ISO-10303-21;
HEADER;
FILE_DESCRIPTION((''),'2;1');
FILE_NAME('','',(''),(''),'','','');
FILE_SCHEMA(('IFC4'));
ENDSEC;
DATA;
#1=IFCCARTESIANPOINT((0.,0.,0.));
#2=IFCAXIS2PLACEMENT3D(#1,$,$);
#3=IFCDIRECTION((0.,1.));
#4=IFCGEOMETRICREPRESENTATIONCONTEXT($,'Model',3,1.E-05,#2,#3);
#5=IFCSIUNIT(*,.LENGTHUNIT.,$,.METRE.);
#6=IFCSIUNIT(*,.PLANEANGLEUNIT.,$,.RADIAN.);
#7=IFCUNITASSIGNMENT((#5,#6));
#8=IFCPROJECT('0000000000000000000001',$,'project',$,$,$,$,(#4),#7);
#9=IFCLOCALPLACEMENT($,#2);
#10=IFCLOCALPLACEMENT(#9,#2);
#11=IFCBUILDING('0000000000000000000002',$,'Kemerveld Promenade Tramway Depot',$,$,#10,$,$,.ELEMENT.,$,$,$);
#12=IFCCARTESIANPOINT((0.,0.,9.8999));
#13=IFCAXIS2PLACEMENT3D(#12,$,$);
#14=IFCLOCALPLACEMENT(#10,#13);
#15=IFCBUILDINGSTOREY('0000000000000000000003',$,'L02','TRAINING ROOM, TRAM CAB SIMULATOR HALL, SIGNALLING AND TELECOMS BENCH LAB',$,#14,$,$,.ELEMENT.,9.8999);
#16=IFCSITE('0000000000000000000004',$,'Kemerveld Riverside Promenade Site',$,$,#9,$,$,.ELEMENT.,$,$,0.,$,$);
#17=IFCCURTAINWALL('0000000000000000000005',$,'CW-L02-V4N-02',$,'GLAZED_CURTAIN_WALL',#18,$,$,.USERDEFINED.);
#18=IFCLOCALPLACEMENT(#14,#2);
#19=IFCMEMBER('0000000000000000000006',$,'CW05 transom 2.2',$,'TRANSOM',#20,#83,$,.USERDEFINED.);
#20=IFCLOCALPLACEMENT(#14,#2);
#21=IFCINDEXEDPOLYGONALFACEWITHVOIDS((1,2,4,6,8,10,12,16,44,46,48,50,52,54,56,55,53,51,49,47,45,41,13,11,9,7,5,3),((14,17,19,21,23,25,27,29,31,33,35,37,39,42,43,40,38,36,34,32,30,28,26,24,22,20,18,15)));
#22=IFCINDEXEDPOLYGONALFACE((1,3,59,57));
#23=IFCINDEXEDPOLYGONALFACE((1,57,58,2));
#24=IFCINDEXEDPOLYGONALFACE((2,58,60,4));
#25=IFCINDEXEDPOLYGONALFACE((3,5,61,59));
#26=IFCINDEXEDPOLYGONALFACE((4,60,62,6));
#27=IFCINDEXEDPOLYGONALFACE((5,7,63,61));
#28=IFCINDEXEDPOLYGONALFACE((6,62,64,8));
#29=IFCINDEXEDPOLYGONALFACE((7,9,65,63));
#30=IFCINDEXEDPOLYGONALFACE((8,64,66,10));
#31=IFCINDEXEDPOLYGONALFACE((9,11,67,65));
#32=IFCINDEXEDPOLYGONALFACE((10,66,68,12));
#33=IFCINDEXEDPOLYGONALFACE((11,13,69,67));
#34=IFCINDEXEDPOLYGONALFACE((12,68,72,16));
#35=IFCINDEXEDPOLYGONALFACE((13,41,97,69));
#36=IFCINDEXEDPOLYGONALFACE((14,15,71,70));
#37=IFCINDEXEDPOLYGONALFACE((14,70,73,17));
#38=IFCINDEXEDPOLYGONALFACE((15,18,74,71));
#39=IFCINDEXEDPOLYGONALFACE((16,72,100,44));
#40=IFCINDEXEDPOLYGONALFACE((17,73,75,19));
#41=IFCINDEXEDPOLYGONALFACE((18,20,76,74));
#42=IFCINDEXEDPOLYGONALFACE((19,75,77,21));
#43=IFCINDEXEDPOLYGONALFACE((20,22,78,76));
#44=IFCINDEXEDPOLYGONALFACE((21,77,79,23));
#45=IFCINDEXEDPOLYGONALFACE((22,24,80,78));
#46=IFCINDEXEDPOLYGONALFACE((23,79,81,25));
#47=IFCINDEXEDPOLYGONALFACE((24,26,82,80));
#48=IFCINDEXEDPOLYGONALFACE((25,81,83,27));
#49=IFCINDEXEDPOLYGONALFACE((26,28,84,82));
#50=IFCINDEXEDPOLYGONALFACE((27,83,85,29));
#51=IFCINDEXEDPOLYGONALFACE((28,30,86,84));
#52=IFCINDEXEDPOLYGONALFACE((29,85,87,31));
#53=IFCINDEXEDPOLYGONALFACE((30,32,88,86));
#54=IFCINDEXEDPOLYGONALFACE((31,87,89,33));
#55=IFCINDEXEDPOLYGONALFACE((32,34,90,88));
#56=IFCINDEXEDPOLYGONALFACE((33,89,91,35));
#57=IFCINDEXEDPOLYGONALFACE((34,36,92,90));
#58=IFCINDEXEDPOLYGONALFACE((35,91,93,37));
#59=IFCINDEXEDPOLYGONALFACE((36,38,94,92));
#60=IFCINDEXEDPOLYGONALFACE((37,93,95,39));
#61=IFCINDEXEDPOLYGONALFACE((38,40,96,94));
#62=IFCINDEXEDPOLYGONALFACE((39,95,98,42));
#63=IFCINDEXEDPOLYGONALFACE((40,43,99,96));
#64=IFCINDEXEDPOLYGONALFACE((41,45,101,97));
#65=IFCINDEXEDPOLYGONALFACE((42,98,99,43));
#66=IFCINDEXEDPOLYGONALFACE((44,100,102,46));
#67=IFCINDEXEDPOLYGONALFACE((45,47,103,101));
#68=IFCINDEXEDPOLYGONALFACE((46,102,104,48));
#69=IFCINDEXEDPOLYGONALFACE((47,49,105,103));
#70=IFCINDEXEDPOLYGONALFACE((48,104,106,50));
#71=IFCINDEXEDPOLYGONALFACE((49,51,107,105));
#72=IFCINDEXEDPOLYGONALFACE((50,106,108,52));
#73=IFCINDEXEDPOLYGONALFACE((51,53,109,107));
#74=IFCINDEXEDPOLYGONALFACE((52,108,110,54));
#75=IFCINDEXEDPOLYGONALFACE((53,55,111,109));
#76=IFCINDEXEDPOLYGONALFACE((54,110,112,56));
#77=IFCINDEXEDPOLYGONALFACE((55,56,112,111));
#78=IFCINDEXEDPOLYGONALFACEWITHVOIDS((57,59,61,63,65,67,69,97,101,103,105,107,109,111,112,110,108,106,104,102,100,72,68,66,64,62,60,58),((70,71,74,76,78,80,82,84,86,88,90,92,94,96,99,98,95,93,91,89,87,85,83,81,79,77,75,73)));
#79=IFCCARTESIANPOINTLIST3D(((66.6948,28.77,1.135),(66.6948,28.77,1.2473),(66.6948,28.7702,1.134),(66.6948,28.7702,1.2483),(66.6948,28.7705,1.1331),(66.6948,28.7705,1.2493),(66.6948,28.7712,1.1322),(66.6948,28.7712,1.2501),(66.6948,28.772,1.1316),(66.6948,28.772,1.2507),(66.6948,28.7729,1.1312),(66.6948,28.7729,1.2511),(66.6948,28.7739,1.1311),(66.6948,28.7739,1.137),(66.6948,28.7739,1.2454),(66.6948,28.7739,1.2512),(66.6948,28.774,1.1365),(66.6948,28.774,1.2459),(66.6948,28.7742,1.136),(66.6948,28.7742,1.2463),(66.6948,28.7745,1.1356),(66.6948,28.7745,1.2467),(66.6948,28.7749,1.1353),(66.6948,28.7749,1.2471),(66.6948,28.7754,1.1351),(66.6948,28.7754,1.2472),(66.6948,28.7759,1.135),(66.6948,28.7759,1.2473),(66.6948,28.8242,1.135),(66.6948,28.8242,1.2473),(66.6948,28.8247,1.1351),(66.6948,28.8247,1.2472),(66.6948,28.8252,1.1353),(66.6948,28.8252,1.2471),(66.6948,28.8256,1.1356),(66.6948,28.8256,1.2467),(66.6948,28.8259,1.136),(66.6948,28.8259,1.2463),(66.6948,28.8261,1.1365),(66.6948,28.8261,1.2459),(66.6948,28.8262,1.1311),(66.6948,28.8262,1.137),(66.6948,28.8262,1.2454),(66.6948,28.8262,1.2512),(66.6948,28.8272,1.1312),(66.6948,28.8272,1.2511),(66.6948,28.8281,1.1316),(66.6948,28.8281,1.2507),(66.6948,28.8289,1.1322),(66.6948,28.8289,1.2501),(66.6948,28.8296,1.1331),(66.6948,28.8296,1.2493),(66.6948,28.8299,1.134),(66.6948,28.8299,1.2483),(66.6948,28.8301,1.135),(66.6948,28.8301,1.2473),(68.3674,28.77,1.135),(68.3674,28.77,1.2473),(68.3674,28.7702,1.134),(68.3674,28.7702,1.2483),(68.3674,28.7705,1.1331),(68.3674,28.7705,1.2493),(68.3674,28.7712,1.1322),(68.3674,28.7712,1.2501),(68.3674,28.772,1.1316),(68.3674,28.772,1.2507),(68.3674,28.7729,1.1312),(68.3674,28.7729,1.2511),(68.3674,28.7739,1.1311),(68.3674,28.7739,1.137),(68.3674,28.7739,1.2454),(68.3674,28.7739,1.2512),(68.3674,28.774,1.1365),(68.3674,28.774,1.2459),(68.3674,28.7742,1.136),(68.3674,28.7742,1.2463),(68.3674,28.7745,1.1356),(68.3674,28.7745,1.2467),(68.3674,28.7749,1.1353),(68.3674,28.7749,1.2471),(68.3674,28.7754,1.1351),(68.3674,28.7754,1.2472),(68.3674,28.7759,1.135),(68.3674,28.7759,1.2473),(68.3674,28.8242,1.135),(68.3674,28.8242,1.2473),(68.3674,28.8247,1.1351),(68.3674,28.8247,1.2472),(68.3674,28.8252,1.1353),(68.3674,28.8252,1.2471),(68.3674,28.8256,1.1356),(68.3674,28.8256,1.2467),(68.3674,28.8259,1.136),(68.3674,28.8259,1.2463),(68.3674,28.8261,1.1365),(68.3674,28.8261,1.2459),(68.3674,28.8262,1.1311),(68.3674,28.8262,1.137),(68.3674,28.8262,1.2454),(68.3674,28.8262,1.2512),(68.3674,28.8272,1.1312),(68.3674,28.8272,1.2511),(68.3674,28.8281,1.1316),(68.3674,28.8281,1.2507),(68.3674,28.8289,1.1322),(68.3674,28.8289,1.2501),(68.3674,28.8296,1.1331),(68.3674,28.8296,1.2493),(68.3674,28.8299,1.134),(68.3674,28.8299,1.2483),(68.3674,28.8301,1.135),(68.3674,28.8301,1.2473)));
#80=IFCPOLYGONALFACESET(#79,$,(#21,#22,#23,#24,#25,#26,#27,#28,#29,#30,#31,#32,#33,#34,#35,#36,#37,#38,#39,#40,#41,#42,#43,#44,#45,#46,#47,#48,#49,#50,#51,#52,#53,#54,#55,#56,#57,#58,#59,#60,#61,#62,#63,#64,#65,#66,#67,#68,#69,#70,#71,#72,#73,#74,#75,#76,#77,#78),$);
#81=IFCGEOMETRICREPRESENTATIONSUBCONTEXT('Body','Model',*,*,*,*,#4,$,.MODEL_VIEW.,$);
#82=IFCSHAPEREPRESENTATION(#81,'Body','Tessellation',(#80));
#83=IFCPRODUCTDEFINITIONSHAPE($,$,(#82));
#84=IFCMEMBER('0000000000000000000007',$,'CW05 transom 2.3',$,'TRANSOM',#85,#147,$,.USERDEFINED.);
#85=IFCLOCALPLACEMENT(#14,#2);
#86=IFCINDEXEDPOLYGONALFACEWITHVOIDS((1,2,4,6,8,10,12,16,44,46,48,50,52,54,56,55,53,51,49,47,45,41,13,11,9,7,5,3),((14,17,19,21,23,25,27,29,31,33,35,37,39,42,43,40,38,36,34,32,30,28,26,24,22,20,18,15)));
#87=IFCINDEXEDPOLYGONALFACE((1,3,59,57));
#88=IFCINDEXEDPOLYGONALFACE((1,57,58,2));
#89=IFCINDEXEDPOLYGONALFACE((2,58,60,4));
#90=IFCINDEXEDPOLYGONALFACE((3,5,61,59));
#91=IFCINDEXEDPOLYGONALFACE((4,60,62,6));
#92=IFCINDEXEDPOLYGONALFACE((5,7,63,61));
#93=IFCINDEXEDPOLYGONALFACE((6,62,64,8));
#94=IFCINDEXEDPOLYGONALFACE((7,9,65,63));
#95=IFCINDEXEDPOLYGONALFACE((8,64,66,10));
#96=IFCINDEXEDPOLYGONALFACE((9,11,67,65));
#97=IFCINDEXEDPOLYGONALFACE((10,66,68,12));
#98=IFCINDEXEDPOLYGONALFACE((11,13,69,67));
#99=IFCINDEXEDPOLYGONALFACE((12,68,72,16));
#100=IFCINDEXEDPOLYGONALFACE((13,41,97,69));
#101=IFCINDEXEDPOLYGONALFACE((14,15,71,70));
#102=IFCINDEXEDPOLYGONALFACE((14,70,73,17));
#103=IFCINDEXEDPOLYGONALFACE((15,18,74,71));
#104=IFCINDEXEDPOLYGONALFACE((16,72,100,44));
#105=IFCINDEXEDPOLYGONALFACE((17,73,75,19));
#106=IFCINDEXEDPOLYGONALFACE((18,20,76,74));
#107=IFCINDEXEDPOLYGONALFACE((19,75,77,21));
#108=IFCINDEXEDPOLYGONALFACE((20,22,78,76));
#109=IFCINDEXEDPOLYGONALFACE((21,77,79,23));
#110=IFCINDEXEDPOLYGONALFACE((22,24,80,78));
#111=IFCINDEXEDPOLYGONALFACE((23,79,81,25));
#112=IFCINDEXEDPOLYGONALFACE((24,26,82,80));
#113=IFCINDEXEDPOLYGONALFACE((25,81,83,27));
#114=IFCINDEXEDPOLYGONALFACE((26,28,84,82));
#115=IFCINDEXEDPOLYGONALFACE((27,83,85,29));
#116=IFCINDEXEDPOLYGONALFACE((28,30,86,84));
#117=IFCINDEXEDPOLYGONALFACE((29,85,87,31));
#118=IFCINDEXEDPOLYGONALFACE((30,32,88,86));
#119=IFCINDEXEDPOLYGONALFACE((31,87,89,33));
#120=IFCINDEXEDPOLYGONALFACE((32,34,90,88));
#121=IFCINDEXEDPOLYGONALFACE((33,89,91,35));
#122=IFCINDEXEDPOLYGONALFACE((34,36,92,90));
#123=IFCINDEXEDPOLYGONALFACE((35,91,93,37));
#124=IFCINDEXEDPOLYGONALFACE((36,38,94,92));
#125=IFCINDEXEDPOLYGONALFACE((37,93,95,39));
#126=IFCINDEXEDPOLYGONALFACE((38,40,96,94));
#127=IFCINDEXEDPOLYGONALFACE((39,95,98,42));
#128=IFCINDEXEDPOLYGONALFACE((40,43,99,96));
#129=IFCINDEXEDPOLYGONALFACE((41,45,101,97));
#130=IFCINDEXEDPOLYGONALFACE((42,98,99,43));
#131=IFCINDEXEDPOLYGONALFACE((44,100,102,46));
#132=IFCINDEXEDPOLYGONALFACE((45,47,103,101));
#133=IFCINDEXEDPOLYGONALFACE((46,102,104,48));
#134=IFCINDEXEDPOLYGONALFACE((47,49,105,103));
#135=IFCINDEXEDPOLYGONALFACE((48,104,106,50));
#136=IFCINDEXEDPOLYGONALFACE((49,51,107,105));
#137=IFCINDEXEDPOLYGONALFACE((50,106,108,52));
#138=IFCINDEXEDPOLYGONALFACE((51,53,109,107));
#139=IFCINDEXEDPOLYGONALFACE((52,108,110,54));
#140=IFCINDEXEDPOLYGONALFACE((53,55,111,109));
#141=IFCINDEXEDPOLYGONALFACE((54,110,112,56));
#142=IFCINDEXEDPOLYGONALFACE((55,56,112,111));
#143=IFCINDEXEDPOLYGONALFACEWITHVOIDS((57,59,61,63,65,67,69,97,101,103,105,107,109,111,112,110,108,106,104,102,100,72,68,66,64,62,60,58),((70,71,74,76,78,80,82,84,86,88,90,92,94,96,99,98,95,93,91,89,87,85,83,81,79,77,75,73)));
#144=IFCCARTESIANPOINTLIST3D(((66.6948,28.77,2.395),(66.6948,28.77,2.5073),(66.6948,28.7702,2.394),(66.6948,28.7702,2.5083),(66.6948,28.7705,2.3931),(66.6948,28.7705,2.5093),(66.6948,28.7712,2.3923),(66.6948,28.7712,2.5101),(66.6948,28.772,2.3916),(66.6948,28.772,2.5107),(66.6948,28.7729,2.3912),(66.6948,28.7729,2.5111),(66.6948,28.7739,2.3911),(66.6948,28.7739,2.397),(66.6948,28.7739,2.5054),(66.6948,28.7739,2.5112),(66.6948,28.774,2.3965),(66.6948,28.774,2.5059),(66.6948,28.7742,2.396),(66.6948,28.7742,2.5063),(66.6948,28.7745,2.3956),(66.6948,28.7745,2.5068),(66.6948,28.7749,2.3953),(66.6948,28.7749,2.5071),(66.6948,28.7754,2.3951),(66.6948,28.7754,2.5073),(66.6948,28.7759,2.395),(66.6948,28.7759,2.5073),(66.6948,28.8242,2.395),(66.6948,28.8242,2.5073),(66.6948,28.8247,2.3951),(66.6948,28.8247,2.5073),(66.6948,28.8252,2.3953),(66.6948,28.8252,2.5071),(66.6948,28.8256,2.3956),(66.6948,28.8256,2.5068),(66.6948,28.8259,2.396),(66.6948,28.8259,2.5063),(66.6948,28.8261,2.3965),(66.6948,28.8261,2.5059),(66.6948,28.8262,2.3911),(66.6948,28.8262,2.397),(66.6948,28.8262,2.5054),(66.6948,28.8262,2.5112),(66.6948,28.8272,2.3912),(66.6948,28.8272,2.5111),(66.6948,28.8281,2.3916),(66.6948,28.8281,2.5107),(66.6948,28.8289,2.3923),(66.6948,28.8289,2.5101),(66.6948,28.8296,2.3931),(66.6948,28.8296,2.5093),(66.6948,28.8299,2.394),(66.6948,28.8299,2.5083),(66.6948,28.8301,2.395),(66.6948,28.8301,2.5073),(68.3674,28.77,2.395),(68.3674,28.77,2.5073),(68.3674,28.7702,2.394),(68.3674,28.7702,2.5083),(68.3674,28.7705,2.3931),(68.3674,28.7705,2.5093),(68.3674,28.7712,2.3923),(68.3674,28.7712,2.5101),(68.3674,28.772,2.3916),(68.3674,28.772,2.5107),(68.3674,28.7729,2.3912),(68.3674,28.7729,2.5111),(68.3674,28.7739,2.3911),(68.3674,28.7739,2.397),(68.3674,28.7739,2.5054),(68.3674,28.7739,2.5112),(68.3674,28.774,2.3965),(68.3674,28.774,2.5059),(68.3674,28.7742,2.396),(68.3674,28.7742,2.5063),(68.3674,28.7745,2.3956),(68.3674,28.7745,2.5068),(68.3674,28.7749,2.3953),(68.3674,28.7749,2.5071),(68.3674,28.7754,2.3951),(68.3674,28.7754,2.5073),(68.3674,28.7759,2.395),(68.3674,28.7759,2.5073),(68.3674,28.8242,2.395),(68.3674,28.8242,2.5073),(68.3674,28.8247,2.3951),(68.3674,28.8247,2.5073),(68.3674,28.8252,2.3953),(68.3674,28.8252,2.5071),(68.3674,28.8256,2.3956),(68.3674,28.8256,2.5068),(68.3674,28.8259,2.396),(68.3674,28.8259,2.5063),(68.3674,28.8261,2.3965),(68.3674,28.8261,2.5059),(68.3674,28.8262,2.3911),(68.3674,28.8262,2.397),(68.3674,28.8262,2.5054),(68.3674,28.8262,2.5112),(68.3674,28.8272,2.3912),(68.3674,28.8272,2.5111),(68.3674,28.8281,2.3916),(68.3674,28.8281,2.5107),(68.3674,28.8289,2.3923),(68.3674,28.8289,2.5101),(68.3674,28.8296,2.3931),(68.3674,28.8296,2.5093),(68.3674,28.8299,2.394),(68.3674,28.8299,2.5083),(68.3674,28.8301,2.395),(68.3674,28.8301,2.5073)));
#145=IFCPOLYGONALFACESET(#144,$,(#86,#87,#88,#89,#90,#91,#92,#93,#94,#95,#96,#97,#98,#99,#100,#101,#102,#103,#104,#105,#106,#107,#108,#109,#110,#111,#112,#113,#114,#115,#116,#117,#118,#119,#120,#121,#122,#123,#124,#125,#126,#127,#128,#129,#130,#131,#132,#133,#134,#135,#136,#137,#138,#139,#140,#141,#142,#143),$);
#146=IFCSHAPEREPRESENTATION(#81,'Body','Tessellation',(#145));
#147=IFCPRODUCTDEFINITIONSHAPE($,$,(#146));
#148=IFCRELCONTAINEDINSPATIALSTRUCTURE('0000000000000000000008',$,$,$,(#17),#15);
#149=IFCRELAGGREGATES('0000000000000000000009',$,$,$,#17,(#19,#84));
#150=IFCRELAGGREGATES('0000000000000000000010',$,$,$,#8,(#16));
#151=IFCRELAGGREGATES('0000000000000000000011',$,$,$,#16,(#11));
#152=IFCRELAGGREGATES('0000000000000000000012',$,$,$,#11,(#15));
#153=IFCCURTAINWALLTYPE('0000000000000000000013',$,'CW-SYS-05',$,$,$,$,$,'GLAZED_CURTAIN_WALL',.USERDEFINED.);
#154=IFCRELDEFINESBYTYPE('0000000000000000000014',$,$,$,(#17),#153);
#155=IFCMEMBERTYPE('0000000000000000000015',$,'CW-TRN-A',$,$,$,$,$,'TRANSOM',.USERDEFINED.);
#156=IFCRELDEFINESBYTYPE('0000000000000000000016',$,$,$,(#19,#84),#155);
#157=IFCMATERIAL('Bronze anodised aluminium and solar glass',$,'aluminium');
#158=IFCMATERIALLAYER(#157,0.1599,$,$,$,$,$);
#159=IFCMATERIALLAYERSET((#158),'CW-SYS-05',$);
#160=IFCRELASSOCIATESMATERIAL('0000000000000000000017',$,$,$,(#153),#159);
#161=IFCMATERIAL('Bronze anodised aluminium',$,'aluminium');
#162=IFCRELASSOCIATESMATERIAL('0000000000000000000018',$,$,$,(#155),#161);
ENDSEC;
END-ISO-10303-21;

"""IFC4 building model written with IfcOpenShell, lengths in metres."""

from ifc_helpers import new_model, si_unit, direction, frame, origin, origin_2d, place, context, subcontext, project, spatial, hollow_rectangle, extrude, material, layer, layer_set, material_profile, profile_set, type_object, element, aggregate, save


model = new_model("IFC4")

# Units and contexts
model_context = context("Model", 3, precision=1e-05, world=origin(), true_north=direction((0.0, 1.0)))
body_context = subcontext(model_context, "Body", "Model", "MODEL_VIEW")
ifc_project = project(units=[si_unit("LENGTHUNIT", "METRE"), si_unit("PLANEANGLEUNIT", "RADIAN")], contexts=[model_context])

# Site, building, storey
site_placement = place(None, origin())
site = spatial("IfcSite", under=ifc_project, at=site_placement, Name="Kemerveld Riverside Promenade Site", CompositionType="ELEMENT", RefElevation=0.0)
building_placement = place(site_placement, origin())
building = spatial("IfcBuilding", under=site, at=building_placement, Name="Kemerveld Promenade Tramway Depot", CompositionType="ELEMENT")
storey_placement = place(building_placement, frame((0.0, 0.0, 9.8999)))
storey = spatial("IfcBuildingStorey", under=building, at=storey_placement, Name="L02", Description="TRAINING ROOM, TRAM CAB SIMULATOR HALL, SIGNALLING AND TELECOMS BENCH LAB", CompositionType="ELEMENT", Elevation=9.8999)

# Curtain wall, members
ifc_material_1 = material(Name="Bronze anodised aluminium and solar glass", Category="aluminium")
ifc_layer_1 = layer(ifc_material_1, 0.1599)
ifc_layer_set_1 = layer_set([ifc_layer_1], Name="CW-SYS-05")
curtain_wall_type = type_object("IfcCurtainWallType", Name="CW-SYS-05", ElementType="GLAZED_CURTAIN_WALL", PredefinedType="USERDEFINED", material=ifc_layer_set_1)
curtain_wall_placement = place(storey_placement, origin())
curtain_wall = element("IfcCurtainWall", 1, at=curtain_wall_placement, inside=storey, type_object=curtain_wall_type, Name="CW-L02-V4N-02", ObjectType="GLAZED_CURTAIN_WALL", PredefinedType="USERDEFINED")
ifc_material_2 = material(Name="Bronze anodised aluminium", Category="aluminium")
ifc_material_profile_1 = material_profile(ifc_material_2, hollow_rectangle(XDim=0.0601, YDim=0.1201, WallThickness=0.0039, InnerFilletRadius=0.002, OuterFilletRadius=0.0039, at=origin_2d()), Name="CW-TRN-120x60")
ifc_profile_set_1 = profile_set([ifc_material_profile_1], Name="Bronze anodised aluminium")
member_type_1 = type_object("IfcMemberType", Name="CW-TRN-A", ElementType="TRANSOM", PredefinedType="USERDEFINED", material=ifc_profile_set_1)
member_1_placement = place(storey_placement, frame((66.6948, 28.8, 1.1912), z_axis=(1.0, 0.0, 0.0), x_axis=(0.0, 1.0, 0.0)))
member_1 = element("IfcMember", 2, at=member_1_placement, type_object=member_type_1, Name="CW05 transom 2.2", ObjectType="TRANSOM", PredefinedType="USERDEFINED", context=body_context, shape_type="SweptSolid", body=[
    extrude(hollow_rectangle(XDim=0.0601, YDim=0.1201, WallThickness=0.0039, InnerFilletRadius=0.002, OuterFilletRadius=0.0039, at=origin_2d()), origin(), (0.0, 0.0, 1.0), 1.6726),
])
member_2_placement = place(storey_placement, frame((66.6948, 28.8, 2.4512), z_axis=(1.0, 0.0, 0.0), x_axis=(0.0, 1.0, 0.0)))
member_2 = element("IfcMember", 3, at=member_2_placement, type_object=member_type_1, Name="CW05 transom 2.3", ObjectType="TRANSOM", PredefinedType="USERDEFINED", context=body_context, shape_type="SweptSolid", body=[
    extrude(hollow_rectangle(XDim=0.0601, YDim=0.1201, WallThickness=0.0039, InnerFilletRadius=0.002, OuterFilletRadius=0.0039, at=origin_2d()), origin(), (0.0, 0.0, 1.0), 1.6726),
])
aggregate(curtain_wall, [member_1, member_2])

save(model, "model.ifc")
